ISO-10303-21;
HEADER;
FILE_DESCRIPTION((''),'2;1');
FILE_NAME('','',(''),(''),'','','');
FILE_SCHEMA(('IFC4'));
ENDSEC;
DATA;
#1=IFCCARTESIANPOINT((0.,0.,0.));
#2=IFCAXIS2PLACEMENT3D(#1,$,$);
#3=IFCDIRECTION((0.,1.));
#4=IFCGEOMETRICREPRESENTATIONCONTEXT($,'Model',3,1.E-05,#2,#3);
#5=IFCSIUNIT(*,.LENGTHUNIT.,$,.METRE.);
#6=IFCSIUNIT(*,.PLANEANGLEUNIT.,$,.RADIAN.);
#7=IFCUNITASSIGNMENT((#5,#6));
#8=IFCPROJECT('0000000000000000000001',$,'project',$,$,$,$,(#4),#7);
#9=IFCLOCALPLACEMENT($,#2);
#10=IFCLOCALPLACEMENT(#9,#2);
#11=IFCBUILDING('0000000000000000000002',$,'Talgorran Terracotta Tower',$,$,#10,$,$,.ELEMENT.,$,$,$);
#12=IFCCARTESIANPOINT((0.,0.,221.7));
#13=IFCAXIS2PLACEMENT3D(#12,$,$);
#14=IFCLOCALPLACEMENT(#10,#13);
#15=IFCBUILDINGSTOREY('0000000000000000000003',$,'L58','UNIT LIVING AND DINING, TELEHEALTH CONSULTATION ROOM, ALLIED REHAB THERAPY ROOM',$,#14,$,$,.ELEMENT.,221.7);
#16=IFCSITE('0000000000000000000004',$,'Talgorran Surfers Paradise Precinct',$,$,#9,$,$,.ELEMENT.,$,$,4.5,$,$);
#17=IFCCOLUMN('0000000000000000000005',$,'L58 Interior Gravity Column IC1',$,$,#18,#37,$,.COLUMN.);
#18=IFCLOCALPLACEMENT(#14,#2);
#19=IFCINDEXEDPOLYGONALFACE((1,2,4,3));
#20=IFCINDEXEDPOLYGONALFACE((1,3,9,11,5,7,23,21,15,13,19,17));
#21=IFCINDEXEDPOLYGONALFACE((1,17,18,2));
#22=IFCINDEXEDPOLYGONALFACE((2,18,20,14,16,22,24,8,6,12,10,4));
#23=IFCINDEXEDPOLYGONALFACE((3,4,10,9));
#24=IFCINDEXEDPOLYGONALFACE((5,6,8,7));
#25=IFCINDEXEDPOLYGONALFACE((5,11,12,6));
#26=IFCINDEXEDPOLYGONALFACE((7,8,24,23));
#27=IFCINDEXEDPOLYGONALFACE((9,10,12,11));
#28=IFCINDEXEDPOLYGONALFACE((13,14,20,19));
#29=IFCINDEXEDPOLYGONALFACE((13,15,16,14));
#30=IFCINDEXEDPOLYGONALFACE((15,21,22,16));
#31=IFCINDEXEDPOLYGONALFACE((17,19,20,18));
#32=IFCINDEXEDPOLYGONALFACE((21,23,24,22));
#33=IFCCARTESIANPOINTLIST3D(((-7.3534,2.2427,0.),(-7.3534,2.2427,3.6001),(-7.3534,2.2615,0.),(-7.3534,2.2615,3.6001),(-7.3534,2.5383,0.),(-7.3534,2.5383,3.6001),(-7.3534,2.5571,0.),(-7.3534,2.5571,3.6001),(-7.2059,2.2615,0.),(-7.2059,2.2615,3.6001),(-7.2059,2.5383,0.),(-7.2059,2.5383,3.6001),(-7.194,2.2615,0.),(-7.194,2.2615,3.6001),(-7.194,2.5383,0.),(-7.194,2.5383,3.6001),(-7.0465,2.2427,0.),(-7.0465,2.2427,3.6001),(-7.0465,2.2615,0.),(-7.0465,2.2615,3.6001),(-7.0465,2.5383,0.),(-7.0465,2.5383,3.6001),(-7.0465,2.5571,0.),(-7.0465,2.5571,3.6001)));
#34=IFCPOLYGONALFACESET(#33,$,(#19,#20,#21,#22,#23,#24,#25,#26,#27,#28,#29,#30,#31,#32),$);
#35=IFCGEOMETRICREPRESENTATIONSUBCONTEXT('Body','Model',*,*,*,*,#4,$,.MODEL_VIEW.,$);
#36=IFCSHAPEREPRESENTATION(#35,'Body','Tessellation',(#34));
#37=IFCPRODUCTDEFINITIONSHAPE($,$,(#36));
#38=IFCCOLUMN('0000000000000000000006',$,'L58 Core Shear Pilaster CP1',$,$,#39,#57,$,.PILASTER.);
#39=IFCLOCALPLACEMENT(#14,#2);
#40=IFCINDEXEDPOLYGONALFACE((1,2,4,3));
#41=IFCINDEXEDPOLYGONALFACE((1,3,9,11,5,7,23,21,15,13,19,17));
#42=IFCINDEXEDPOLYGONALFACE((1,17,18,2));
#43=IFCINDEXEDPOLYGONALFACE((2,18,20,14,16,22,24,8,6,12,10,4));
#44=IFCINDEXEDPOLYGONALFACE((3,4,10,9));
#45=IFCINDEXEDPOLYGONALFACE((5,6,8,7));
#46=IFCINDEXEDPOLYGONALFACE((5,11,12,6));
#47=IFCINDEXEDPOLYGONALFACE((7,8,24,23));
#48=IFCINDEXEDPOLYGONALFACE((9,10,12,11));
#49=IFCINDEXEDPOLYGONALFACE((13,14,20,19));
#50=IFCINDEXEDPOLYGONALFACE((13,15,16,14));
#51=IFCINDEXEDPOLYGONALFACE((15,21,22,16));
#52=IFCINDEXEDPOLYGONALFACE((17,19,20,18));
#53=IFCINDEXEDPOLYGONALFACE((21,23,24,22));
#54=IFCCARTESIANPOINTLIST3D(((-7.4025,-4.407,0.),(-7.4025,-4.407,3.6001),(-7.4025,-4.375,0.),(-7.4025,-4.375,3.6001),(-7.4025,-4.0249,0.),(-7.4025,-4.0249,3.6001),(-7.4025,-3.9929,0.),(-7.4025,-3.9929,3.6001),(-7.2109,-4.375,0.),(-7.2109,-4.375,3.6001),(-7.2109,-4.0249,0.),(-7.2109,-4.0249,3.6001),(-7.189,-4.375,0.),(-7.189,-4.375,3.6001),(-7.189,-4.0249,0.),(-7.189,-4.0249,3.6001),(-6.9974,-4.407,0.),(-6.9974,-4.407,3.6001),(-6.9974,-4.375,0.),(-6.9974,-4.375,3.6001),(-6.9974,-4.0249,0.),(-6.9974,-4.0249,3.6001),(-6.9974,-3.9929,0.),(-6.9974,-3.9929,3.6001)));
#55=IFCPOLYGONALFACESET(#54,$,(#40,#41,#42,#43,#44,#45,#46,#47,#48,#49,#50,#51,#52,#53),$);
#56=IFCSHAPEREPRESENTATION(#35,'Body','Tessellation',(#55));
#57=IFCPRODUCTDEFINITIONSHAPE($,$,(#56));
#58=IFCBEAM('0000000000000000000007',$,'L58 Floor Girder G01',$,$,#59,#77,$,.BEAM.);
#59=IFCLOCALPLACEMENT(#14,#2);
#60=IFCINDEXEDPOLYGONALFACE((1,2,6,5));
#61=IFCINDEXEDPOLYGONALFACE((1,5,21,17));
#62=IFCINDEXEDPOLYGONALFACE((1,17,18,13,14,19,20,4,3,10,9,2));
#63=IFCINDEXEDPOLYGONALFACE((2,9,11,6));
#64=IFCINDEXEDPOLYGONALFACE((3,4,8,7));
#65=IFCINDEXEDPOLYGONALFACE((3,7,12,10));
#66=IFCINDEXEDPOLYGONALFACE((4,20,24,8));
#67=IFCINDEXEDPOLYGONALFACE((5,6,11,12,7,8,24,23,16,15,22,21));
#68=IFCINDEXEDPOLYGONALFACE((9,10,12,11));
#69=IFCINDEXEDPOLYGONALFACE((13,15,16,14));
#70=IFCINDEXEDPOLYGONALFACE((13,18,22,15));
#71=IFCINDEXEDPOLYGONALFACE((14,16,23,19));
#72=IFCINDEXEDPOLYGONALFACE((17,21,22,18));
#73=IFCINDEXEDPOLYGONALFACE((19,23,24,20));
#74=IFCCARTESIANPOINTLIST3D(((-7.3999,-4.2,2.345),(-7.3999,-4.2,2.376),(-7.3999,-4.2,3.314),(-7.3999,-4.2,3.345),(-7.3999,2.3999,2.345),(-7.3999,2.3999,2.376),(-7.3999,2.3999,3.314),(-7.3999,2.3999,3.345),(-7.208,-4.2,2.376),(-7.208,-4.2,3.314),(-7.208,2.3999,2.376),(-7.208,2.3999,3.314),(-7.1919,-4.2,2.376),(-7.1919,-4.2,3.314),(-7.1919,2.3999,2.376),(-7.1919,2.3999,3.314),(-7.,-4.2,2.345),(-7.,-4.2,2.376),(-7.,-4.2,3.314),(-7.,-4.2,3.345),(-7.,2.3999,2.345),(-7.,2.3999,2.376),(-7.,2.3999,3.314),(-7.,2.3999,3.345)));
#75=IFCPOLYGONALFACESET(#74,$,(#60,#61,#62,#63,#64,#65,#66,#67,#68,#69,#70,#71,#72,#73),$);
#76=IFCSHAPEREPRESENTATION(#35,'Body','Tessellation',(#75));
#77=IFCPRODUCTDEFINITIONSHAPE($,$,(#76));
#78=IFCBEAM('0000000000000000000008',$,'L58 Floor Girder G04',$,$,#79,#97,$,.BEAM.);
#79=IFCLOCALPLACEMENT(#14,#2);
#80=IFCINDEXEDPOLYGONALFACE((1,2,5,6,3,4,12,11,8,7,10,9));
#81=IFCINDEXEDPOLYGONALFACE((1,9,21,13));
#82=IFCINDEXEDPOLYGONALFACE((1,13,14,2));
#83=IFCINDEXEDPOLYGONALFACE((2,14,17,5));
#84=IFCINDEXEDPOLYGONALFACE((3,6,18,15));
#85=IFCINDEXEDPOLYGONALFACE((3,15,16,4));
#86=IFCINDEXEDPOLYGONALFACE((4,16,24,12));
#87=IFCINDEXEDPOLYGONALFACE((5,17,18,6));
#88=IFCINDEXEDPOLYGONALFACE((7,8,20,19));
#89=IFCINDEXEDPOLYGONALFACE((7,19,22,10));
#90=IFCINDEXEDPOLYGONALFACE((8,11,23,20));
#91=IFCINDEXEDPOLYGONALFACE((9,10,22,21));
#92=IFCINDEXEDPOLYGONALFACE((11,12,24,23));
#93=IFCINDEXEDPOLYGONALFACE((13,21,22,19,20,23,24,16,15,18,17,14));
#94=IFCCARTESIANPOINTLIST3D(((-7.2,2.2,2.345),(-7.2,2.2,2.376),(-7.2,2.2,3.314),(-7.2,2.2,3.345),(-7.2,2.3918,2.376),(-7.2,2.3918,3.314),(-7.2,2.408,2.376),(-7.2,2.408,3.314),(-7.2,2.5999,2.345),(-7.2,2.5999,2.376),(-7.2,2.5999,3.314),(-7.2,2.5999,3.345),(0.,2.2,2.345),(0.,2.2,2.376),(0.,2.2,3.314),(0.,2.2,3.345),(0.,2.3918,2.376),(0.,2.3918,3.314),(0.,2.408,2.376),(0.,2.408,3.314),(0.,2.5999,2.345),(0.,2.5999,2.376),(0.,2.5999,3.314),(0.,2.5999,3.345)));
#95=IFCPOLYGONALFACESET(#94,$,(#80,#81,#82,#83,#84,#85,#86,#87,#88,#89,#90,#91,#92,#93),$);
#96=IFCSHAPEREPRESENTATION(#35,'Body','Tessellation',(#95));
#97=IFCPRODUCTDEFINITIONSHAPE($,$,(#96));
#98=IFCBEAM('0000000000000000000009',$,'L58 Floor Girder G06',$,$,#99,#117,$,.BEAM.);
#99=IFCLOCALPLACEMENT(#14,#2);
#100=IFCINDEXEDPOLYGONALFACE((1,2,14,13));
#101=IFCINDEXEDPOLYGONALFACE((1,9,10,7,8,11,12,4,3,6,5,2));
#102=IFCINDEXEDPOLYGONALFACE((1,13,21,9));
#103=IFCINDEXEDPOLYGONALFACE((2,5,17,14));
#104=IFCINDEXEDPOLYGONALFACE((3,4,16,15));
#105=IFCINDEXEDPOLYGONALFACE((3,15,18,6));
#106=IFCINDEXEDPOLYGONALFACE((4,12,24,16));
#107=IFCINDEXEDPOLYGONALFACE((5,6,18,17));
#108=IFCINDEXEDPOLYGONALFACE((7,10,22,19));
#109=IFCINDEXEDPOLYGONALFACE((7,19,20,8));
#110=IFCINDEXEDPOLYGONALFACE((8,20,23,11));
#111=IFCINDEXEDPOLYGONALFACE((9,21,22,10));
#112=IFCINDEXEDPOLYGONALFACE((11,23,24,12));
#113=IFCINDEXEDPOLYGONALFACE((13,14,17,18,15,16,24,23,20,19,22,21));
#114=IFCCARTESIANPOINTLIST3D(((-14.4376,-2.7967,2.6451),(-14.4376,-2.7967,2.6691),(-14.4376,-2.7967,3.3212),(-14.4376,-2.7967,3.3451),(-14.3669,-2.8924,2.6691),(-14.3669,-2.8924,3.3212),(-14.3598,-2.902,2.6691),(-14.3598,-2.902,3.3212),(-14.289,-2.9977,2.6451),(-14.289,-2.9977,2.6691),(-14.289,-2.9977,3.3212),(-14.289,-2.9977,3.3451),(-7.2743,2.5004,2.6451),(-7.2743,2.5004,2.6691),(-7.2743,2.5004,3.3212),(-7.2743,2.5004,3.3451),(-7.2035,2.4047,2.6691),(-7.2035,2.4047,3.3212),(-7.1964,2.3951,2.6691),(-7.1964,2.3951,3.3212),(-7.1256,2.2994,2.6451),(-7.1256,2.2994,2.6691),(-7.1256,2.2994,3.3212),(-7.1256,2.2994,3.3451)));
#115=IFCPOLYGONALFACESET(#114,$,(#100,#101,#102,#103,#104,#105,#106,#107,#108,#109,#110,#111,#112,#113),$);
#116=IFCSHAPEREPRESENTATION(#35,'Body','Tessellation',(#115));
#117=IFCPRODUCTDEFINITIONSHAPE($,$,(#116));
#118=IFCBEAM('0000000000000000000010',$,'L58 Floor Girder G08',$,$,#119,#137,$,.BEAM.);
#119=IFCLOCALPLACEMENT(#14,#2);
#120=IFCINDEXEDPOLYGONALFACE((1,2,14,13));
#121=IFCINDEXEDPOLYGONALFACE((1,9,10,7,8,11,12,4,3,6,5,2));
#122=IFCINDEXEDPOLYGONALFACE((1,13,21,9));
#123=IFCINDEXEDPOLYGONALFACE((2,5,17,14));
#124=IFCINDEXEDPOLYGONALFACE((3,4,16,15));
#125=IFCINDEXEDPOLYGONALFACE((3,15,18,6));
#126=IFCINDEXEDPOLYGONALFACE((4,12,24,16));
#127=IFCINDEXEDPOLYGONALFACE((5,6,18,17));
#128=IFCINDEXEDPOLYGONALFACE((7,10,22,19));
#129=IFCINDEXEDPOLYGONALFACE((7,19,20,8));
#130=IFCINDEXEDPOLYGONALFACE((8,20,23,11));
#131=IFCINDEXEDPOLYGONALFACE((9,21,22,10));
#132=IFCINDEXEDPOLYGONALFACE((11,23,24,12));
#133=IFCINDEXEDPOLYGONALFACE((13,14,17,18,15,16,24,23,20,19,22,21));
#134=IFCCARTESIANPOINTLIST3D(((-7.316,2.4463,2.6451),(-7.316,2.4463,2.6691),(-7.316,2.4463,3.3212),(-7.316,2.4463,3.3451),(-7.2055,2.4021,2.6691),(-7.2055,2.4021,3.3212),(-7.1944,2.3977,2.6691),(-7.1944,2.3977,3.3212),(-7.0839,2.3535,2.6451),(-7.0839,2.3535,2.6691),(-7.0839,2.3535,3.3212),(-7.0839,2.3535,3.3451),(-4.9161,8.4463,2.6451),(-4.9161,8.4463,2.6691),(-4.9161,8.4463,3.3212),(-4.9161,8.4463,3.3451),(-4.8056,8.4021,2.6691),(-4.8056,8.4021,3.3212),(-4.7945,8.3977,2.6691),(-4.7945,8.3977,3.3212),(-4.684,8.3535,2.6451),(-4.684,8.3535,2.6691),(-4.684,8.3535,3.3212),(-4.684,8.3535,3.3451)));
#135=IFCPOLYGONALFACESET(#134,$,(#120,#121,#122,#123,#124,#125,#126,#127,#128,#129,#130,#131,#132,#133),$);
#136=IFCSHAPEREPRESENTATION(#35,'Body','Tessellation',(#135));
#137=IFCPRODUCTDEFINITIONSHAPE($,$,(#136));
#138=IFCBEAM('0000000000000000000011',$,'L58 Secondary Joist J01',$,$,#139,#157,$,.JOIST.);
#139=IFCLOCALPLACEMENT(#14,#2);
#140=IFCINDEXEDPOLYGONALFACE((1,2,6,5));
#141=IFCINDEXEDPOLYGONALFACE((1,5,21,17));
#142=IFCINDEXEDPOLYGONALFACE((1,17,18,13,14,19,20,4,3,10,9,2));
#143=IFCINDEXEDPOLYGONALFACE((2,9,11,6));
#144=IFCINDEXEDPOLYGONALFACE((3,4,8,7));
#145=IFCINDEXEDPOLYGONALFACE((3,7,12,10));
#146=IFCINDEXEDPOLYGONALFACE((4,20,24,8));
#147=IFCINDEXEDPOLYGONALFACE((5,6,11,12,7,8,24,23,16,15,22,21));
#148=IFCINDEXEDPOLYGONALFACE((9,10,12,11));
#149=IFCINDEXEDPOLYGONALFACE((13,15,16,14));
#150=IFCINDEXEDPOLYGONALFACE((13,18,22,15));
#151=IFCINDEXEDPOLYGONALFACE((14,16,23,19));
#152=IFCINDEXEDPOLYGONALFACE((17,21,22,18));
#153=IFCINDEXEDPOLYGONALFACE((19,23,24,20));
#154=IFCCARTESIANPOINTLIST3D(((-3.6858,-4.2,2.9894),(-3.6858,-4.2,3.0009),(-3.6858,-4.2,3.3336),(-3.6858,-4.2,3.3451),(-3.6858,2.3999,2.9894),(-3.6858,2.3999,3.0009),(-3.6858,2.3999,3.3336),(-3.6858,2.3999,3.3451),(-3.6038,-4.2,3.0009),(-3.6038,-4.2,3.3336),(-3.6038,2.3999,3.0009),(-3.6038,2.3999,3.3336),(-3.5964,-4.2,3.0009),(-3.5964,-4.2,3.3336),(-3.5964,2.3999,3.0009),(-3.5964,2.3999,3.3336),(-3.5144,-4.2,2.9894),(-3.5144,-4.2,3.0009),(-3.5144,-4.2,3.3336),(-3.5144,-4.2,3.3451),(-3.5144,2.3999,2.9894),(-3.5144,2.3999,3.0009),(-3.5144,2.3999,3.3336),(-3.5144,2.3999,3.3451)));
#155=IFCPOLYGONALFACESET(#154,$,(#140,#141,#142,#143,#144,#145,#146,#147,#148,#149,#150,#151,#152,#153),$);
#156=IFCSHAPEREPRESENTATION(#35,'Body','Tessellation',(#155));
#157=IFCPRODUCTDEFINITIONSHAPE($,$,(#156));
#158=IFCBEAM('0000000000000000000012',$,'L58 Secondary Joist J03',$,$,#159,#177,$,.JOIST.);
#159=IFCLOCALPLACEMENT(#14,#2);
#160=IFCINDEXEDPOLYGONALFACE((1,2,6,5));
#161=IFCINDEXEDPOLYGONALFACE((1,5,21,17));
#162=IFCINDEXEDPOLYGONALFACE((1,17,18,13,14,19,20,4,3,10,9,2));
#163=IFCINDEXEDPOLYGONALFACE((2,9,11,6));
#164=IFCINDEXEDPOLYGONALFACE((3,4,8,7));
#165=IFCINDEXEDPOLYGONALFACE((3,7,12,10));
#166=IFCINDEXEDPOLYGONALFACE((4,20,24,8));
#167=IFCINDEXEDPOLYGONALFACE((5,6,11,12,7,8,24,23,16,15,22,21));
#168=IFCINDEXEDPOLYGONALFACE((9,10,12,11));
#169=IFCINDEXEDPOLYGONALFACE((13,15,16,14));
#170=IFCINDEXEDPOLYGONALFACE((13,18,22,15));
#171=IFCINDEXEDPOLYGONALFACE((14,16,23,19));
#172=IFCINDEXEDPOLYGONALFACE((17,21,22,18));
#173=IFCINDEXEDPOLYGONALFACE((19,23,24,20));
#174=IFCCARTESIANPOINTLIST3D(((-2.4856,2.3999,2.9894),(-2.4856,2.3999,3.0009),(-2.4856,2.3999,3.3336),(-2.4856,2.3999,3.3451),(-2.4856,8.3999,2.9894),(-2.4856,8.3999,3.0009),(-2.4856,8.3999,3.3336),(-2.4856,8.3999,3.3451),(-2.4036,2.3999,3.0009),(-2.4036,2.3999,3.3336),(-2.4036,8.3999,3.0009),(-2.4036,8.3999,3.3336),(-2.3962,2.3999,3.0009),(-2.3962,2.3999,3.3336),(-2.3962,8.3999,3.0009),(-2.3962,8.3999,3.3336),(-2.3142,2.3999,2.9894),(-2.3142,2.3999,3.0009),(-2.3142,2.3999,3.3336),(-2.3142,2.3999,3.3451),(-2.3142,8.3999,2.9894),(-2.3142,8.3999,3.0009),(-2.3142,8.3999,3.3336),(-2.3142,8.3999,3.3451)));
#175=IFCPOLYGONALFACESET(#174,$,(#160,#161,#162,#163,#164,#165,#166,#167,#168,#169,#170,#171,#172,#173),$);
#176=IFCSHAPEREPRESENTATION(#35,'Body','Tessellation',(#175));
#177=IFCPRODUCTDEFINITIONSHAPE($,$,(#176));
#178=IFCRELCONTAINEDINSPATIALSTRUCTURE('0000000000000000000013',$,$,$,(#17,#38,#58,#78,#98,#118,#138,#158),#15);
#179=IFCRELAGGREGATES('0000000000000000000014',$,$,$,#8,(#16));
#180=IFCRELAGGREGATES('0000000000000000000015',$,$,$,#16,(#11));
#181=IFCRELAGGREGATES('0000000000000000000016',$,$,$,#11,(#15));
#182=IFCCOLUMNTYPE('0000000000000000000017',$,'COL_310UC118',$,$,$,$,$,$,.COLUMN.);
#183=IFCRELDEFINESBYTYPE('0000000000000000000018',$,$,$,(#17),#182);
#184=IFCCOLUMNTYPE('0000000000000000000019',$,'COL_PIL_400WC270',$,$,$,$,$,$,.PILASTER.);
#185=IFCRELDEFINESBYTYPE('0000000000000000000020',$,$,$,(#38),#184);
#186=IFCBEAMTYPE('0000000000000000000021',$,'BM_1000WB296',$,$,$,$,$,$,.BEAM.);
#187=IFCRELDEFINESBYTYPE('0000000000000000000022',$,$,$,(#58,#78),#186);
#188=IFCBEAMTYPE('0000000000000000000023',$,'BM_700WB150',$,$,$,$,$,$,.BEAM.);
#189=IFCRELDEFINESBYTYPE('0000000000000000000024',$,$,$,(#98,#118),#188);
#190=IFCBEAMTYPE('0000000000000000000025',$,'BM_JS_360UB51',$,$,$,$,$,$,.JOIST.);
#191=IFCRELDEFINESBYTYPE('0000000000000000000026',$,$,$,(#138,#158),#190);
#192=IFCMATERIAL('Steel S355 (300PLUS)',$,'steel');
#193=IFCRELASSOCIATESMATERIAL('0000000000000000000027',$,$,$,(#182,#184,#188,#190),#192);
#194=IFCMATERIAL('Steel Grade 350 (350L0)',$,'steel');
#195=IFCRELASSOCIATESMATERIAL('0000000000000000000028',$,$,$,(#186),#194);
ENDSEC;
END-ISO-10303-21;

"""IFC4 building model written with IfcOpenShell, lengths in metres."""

from ifc_helpers import new_model, si_unit, direction, frame, origin, origin_2d, place, context, subcontext, project, spatial, i_section, extrude, material, material_profile, profile_set, type_object, element, save


model = new_model("IFC4")

# Units and contexts
model_context = context("Model", 3, precision=1e-05, world=origin(), true_north=direction((0.0, 1.0)))
body_context = subcontext(model_context, "Body", "Model", "MODEL_VIEW")
ifc_project = project(units=[si_unit("LENGTHUNIT", "METRE"), si_unit("PLANEANGLEUNIT", "RADIAN")], contexts=[model_context])

# Site, building, storey
site_placement = place(None, origin())
site = spatial("IfcSite", under=ifc_project, at=site_placement, Name="Talgorran Surfers Paradise Precinct", CompositionType="ELEMENT", RefElevation=4.5)
building_placement = place(site_placement, origin())
building = spatial("IfcBuilding", under=site, at=building_placement, Name="Talgorran Terracotta Tower", CompositionType="ELEMENT")
storey_placement = place(building_placement, frame((0.0, 0.0, 221.7)))
storey = spatial("IfcBuildingStorey", under=building, at=storey_placement, Name="L58", Description="UNIT LIVING AND DINING, TELEHEALTH CONSULTATION ROOM, ALLIED REHAB THERAPY ROOM", CompositionType="ELEMENT", Elevation=221.7)

# Columns
ifc_material_1 = material(Name="Steel S355 (300PLUS)", Category="steel")
ifc_material_profile_1 = material_profile(ifc_material_1, i_section(OverallWidth=0.3069, OverallDepth=0.3145, WebThickness=0.012, FlangeThickness=0.0188, at=origin_2d()), Name="310UC118")
ifc_profile_set_1 = profile_set([ifc_material_profile_1], Name="Steel S355 (300PLUS)")
column_type_1 = type_object("IfcColumnType", Name="COL_310UC118", PredefinedType="COLUMN", material=ifc_profile_set_1)
column_1_placement = place(storey_placement, frame((-7.2, 2.3999, 0.0), z_axis=(0.0, 0.0, 1.0), x_axis=(1.0, 0.0, 0.0)))
element("IfcColumn", 1, at=column_1_placement, inside=storey, type_object=column_type_1, Name="L58 Interior Gravity Column IC1", PredefinedType="COLUMN", context=body_context, shape_type="SweptSolid", body=[
    extrude(i_section(OverallWidth=0.3069, OverallDepth=0.3145, WebThickness=0.012, FlangeThickness=0.0188, at=origin_2d()), origin(), (0.0, 0.0, 1.0), 3.6001),
])
ifc_material_profile_2 = material_profile(ifc_material_1, i_section(OverallWidth=0.405, OverallDepth=0.4141, WebThickness=0.022, FlangeThickness=0.032, at=origin_2d()), Name="400WC270")
ifc_profile_set_2 = profile_set([ifc_material_profile_2], Name="Steel S355 (300PLUS)")
column_type_2 = type_object("IfcColumnType", Name="COL_PIL_400WC270", PredefinedType="PILASTER", material=ifc_profile_set_2)
column_2_placement = place(storey_placement, frame((-7.2, -4.2, 0.0), z_axis=(0.0, 0.0, 1.0), x_axis=(1.0, 0.0, 0.0)))
element("IfcColumn", 2, at=column_2_placement, inside=storey, type_object=column_type_2, Name="L58 Core Shear Pilaster CP1", PredefinedType="PILASTER", context=body_context, shape_type="SweptSolid", body=[
    extrude(i_section(OverallWidth=0.405, OverallDepth=0.4141, WebThickness=0.022, FlangeThickness=0.032, at=origin_2d()), origin(), (0.0, 0.0, 1.0), 3.6001),
])

# Beams
ifc_material_2 = material(Name="Steel Grade 350 (350L0)", Category="steel")
ifc_material_profile_3 = material_profile(ifc_material_2, i_section(OverallWidth=0.3999, OverallDepth=1.0, WebThickness=0.0161, FlangeThickness=0.031, at=origin_2d()), Name="1000WB296")
ifc_profile_set_3 = profile_set([ifc_material_profile_3], Name="Steel Grade 350 (350L0)")
beam_type_1 = type_object("IfcBeamType", Name="BM_1000WB296", PredefinedType="BEAM", material=ifc_profile_set_3)
beam_1_placement = place(storey_placement, frame((-7.2, -4.2, 2.845), z_axis=(0.0, 1.0, 0.0), x_axis=(-1.0, 0.0, 0.0)))
element("IfcBeam", 3, at=beam_1_placement, inside=storey, type_object=beam_type_1, Name="L58 Floor Girder G01", PredefinedType="BEAM", context=body_context, shape_type="SweptSolid", body=[
    extrude(i_section(OverallWidth=0.3999, OverallDepth=1.0, WebThickness=0.0161, FlangeThickness=0.031, at=origin_2d()), origin(), (0.0, 0.0, 1.0), 6.5999),
])
beam_2_placement = place(storey_placement, frame((-7.2, 2.3999, 2.845), z_axis=(1.0, 0.0, 0.0), x_axis=(0.0, 1.0, 0.0)))
element("IfcBeam", 4, at=beam_2_placement, inside=storey, type_object=beam_type_1, Name="L58 Floor Girder G04", PredefinedType="BEAM", context=body_context, shape_type="SweptSolid", body=[
    extrude(i_section(OverallWidth=0.3999, OverallDepth=1.0, WebThickness=0.0161, FlangeThickness=0.031, at=origin_2d()), origin(), (0.0, 0.0, 1.0), 7.2),
])
ifc_material_profile_4 = material_profile(ifc_material_1, i_section(OverallWidth=0.25, OverallDepth=0.7, WebThickness=0.012, FlangeThickness=0.0239, at=origin_2d()), Name="700WB150")
ifc_profile_set_4 = profile_set([ifc_material_profile_4], Name="Steel S355 (300PLUS)")
beam_type_2 = type_object("IfcBeamType", Name="BM_700WB150", PredefinedType="BEAM", material=ifc_profile_set_4)
beam_3_placement = place(storey_placement, frame((-7.2, 2.3999, 2.9951), z_axis=(-0.804043, -0.594571, 0.0), x_axis=(0.594571, -0.804043, 0.0)))
element("IfcBeam", 5, at=beam_3_placement, inside=storey, type_object=beam_type_2, Name="L58 Floor Girder G06", PredefinedType="BEAM", context=body_context, shape_type="SweptSolid", body=[
    extrude(i_section(OverallWidth=0.25, OverallDepth=0.7, WebThickness=0.012, FlangeThickness=0.0239, at=origin_2d()), origin(), (0.0, 0.0, 1.0), 8.9092),
])
beam_4_placement = place(storey_placement, frame((-7.2, 2.3999, 2.9951), z_axis=(0.371378, 0.928482, 0.0), x_axis=(-0.928482, 0.371378, 0.0)))
element("IfcBeam", 6, at=beam_4_placement, inside=storey, type_object=beam_type_2, Name="L58 Floor Girder G08", PredefinedType="BEAM", context=body_context, shape_type="SweptSolid", body=[
    extrude(i_section(OverallWidth=0.25, OverallDepth=0.7, WebThickness=0.012, FlangeThickness=0.0239, at=origin_2d()), origin(), (0.0, 0.0, 1.0), 6.4622),
])
ifc_material_profile_5 = material_profile(ifc_material_1, i_section(OverallWidth=0.1714, OverallDepth=0.3557, WebThickness=0.0073, FlangeThickness=0.0115, at=origin_2d()), Name="360UB50.7")
ifc_profile_set_5 = profile_set([ifc_material_profile_5], Name="Steel S355 (300PLUS)")
beam_type_3 = type_object("IfcBeamType", Name="BM_JS_360UB51", PredefinedType="JOIST", material=ifc_profile_set_5)
beam_5_placement = place(storey_placement, frame((-3.6001, -4.2, 3.1672), z_axis=(0.0, 1.0, 0.0), x_axis=(-1.0, 0.0, 0.0)))
element("IfcBeam", 7, at=beam_5_placement, inside=storey, type_object=beam_type_3, Name="L58 Secondary Joist J01", PredefinedType="JOIST", context=body_context, shape_type="SweptSolid", body=[
    extrude(i_section(OverallWidth=0.1714, OverallDepth=0.3557, WebThickness=0.0073, FlangeThickness=0.0115, at=origin_2d()), origin(), (0.0, 0.0, 1.0), 6.5999),
])
beam_6_placement = place(storey_placement, frame((-2.3999, 2.3999, 3.1672), z_axis=(0.0, 1.0, 0.0), x_axis=(-1.0, 0.0, 0.0)))
element("IfcBeam", 8, at=beam_6_placement, inside=storey, type_object=beam_type_3, Name="L58 Secondary Joist J03", PredefinedType="JOIST", context=body_context, shape_type="SweptSolid", body=[
    extrude(i_section(OverallWidth=0.1714, OverallDepth=0.3557, WebThickness=0.0073, FlangeThickness=0.0115, at=origin_2d()), origin(), (0.0, 0.0, 1.0), 6.0),
])

save(model, "model.ifc")
